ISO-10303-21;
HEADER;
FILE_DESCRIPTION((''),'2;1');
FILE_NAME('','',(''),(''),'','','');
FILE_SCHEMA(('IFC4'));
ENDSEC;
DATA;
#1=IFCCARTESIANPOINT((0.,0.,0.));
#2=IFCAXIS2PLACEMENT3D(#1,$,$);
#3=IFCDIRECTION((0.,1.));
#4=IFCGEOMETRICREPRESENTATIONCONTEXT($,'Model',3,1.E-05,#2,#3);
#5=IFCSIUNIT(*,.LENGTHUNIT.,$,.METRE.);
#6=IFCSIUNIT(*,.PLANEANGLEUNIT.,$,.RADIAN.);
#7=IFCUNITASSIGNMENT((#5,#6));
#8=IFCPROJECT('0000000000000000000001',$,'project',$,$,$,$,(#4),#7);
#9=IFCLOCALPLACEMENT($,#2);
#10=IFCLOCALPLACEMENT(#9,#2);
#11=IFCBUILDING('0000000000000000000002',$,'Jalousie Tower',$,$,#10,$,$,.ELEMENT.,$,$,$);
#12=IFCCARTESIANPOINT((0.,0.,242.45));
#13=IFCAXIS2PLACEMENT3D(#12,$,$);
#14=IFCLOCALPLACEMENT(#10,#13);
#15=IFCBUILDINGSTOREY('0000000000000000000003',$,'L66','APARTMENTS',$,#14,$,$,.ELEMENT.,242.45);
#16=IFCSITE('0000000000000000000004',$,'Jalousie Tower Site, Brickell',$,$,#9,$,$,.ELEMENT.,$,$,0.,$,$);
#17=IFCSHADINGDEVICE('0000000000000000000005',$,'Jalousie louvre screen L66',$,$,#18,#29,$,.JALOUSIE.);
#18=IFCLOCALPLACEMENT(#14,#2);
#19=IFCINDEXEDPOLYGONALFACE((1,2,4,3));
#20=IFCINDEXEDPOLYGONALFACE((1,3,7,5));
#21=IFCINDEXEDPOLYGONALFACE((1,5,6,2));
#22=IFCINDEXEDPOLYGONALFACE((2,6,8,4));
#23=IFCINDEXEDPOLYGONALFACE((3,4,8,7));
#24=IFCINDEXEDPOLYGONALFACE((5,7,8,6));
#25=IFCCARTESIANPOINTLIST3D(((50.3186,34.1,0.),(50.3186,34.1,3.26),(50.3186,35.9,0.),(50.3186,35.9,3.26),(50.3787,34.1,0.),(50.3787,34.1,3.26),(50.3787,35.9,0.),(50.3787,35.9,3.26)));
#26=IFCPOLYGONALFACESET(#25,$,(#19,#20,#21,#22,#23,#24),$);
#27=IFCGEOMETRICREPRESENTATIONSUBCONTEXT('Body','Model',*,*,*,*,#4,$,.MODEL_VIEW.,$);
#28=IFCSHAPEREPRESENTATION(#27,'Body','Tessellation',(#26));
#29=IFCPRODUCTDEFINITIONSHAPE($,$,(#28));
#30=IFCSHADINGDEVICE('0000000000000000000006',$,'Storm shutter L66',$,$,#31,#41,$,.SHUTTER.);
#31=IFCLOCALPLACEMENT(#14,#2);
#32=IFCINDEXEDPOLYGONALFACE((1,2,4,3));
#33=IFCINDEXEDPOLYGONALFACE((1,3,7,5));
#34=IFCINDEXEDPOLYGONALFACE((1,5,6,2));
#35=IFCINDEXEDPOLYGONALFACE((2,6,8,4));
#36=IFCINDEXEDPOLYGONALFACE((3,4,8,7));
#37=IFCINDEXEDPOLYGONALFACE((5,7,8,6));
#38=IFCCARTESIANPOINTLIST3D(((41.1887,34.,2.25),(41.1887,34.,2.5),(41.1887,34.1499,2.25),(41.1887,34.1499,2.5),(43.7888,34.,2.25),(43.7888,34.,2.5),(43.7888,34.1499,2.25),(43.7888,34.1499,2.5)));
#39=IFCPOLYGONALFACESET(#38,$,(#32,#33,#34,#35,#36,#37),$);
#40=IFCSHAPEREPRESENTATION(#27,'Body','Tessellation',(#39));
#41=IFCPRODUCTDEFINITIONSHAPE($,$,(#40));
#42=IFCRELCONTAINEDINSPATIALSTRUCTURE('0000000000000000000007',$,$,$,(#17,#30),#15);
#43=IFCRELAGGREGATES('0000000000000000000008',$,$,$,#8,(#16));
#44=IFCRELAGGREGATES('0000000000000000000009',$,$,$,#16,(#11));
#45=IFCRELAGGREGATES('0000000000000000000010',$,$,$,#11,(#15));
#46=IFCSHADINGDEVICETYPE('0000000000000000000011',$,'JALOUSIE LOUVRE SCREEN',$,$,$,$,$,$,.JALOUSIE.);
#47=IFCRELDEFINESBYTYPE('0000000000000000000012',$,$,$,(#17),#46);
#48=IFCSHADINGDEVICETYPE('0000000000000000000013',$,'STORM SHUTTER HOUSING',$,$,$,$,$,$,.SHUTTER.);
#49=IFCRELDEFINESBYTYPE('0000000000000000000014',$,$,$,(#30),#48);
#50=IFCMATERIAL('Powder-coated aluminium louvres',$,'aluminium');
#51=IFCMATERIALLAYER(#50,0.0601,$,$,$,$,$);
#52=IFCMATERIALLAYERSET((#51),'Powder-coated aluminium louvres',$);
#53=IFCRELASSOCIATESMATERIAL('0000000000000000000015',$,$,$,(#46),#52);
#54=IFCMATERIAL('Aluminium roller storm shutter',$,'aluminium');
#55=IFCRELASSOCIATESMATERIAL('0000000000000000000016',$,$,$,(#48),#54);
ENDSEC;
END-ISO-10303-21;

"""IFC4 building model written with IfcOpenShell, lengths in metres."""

from ifc_helpers import new_model, si_unit, direction, frame, origin, origin_2d, place, context, subcontext, project, spatial, rectangle, extrude, material, layer, layer_set, type_object, element, save


model = new_model("IFC4")

# Units and contexts
model_context = context("Model", 3, precision=1e-05, world=origin(), true_north=direction((0.0, 1.0)))
body_context = subcontext(model_context, "Body", "Model", "MODEL_VIEW")
ifc_project = project(units=[si_unit("LENGTHUNIT", "METRE"), si_unit("PLANEANGLEUNIT", "RADIAN")], contexts=[model_context])

# Site, building, storey
site_placement = place(None, origin())
site = spatial("IfcSite", under=ifc_project, at=site_placement, Name="Jalousie Tower Site, Brickell", CompositionType="ELEMENT", RefElevation=0.0)
building_placement = place(site_placement, origin())
building = spatial("IfcBuilding", under=site, at=building_placement, Name="Jalousie Tower", CompositionType="ELEMENT")
storey_placement = place(building_placement, frame((0.0, 0.0, 242.45)))
storey = spatial("IfcBuildingStorey", under=building, at=storey_placement, Name="L66", Description="APARTMENTS", CompositionType="ELEMENT", Elevation=242.45)

# Shading devices
ifc_material_1 = material(Name="Powder-coated aluminium louvres", Category="aluminium")
ifc_layer_1 = layer(ifc_material_1, 0.0601)
ifc_layer_set_1 = layer_set([ifc_layer_1], Name="Powder-coated aluminium louvres")
shading_device_type_1 = type_object("IfcShadingDeviceType", Name="JALOUSIE LOUVRE SCREEN", PredefinedType="JALOUSIE", material=ifc_layer_set_1)
shading_device_1_placement = place(storey_placement, frame((50.3486, 35.0, 0.0), z_axis=(0.0, 0.0, 1.0), x_axis=(-1.0, 0.0, 0.0)))
element("IfcShadingDevice", 1, at=shading_device_1_placement, inside=storey, type_object=shading_device_type_1, Name="Jalousie louvre screen L66", PredefinedType="JALOUSIE", context=body_context, shape_type="SweptSolid", body=[
    extrude(rectangle(XDim=0.0601, YDim=1.8, at=origin_2d()), origin(), (0.0, 0.0, 1.0), 3.26),
])
ifc_material_2 = material(Name="Aluminium roller storm shutter", Category="aluminium")
shading_device_type_2 = type_object("IfcShadingDeviceType", Name="STORM SHUTTER HOUSING", PredefinedType="SHUTTER", material=ifc_material_2)
shading_device_2_placement = place(storey_placement, frame((42.4888, 34.075, 2.25), z_axis=(0.0, 0.0, 1.0), x_axis=(-1.0, 0.0, 0.0)))
element("IfcShadingDevice", 2, at=shading_device_2_placement, inside=storey, type_object=shading_device_type_2, Name="Storm shutter L66", PredefinedType="SHUTTER", context=body_context, shape_type="SweptSolid", body=[
    extrude(rectangle(XDim=2.6001, YDim=0.1499, at=origin_2d()), origin(), (0.0, 0.0, 1.0), 0.25),
])

save(model, "model.ifc")
